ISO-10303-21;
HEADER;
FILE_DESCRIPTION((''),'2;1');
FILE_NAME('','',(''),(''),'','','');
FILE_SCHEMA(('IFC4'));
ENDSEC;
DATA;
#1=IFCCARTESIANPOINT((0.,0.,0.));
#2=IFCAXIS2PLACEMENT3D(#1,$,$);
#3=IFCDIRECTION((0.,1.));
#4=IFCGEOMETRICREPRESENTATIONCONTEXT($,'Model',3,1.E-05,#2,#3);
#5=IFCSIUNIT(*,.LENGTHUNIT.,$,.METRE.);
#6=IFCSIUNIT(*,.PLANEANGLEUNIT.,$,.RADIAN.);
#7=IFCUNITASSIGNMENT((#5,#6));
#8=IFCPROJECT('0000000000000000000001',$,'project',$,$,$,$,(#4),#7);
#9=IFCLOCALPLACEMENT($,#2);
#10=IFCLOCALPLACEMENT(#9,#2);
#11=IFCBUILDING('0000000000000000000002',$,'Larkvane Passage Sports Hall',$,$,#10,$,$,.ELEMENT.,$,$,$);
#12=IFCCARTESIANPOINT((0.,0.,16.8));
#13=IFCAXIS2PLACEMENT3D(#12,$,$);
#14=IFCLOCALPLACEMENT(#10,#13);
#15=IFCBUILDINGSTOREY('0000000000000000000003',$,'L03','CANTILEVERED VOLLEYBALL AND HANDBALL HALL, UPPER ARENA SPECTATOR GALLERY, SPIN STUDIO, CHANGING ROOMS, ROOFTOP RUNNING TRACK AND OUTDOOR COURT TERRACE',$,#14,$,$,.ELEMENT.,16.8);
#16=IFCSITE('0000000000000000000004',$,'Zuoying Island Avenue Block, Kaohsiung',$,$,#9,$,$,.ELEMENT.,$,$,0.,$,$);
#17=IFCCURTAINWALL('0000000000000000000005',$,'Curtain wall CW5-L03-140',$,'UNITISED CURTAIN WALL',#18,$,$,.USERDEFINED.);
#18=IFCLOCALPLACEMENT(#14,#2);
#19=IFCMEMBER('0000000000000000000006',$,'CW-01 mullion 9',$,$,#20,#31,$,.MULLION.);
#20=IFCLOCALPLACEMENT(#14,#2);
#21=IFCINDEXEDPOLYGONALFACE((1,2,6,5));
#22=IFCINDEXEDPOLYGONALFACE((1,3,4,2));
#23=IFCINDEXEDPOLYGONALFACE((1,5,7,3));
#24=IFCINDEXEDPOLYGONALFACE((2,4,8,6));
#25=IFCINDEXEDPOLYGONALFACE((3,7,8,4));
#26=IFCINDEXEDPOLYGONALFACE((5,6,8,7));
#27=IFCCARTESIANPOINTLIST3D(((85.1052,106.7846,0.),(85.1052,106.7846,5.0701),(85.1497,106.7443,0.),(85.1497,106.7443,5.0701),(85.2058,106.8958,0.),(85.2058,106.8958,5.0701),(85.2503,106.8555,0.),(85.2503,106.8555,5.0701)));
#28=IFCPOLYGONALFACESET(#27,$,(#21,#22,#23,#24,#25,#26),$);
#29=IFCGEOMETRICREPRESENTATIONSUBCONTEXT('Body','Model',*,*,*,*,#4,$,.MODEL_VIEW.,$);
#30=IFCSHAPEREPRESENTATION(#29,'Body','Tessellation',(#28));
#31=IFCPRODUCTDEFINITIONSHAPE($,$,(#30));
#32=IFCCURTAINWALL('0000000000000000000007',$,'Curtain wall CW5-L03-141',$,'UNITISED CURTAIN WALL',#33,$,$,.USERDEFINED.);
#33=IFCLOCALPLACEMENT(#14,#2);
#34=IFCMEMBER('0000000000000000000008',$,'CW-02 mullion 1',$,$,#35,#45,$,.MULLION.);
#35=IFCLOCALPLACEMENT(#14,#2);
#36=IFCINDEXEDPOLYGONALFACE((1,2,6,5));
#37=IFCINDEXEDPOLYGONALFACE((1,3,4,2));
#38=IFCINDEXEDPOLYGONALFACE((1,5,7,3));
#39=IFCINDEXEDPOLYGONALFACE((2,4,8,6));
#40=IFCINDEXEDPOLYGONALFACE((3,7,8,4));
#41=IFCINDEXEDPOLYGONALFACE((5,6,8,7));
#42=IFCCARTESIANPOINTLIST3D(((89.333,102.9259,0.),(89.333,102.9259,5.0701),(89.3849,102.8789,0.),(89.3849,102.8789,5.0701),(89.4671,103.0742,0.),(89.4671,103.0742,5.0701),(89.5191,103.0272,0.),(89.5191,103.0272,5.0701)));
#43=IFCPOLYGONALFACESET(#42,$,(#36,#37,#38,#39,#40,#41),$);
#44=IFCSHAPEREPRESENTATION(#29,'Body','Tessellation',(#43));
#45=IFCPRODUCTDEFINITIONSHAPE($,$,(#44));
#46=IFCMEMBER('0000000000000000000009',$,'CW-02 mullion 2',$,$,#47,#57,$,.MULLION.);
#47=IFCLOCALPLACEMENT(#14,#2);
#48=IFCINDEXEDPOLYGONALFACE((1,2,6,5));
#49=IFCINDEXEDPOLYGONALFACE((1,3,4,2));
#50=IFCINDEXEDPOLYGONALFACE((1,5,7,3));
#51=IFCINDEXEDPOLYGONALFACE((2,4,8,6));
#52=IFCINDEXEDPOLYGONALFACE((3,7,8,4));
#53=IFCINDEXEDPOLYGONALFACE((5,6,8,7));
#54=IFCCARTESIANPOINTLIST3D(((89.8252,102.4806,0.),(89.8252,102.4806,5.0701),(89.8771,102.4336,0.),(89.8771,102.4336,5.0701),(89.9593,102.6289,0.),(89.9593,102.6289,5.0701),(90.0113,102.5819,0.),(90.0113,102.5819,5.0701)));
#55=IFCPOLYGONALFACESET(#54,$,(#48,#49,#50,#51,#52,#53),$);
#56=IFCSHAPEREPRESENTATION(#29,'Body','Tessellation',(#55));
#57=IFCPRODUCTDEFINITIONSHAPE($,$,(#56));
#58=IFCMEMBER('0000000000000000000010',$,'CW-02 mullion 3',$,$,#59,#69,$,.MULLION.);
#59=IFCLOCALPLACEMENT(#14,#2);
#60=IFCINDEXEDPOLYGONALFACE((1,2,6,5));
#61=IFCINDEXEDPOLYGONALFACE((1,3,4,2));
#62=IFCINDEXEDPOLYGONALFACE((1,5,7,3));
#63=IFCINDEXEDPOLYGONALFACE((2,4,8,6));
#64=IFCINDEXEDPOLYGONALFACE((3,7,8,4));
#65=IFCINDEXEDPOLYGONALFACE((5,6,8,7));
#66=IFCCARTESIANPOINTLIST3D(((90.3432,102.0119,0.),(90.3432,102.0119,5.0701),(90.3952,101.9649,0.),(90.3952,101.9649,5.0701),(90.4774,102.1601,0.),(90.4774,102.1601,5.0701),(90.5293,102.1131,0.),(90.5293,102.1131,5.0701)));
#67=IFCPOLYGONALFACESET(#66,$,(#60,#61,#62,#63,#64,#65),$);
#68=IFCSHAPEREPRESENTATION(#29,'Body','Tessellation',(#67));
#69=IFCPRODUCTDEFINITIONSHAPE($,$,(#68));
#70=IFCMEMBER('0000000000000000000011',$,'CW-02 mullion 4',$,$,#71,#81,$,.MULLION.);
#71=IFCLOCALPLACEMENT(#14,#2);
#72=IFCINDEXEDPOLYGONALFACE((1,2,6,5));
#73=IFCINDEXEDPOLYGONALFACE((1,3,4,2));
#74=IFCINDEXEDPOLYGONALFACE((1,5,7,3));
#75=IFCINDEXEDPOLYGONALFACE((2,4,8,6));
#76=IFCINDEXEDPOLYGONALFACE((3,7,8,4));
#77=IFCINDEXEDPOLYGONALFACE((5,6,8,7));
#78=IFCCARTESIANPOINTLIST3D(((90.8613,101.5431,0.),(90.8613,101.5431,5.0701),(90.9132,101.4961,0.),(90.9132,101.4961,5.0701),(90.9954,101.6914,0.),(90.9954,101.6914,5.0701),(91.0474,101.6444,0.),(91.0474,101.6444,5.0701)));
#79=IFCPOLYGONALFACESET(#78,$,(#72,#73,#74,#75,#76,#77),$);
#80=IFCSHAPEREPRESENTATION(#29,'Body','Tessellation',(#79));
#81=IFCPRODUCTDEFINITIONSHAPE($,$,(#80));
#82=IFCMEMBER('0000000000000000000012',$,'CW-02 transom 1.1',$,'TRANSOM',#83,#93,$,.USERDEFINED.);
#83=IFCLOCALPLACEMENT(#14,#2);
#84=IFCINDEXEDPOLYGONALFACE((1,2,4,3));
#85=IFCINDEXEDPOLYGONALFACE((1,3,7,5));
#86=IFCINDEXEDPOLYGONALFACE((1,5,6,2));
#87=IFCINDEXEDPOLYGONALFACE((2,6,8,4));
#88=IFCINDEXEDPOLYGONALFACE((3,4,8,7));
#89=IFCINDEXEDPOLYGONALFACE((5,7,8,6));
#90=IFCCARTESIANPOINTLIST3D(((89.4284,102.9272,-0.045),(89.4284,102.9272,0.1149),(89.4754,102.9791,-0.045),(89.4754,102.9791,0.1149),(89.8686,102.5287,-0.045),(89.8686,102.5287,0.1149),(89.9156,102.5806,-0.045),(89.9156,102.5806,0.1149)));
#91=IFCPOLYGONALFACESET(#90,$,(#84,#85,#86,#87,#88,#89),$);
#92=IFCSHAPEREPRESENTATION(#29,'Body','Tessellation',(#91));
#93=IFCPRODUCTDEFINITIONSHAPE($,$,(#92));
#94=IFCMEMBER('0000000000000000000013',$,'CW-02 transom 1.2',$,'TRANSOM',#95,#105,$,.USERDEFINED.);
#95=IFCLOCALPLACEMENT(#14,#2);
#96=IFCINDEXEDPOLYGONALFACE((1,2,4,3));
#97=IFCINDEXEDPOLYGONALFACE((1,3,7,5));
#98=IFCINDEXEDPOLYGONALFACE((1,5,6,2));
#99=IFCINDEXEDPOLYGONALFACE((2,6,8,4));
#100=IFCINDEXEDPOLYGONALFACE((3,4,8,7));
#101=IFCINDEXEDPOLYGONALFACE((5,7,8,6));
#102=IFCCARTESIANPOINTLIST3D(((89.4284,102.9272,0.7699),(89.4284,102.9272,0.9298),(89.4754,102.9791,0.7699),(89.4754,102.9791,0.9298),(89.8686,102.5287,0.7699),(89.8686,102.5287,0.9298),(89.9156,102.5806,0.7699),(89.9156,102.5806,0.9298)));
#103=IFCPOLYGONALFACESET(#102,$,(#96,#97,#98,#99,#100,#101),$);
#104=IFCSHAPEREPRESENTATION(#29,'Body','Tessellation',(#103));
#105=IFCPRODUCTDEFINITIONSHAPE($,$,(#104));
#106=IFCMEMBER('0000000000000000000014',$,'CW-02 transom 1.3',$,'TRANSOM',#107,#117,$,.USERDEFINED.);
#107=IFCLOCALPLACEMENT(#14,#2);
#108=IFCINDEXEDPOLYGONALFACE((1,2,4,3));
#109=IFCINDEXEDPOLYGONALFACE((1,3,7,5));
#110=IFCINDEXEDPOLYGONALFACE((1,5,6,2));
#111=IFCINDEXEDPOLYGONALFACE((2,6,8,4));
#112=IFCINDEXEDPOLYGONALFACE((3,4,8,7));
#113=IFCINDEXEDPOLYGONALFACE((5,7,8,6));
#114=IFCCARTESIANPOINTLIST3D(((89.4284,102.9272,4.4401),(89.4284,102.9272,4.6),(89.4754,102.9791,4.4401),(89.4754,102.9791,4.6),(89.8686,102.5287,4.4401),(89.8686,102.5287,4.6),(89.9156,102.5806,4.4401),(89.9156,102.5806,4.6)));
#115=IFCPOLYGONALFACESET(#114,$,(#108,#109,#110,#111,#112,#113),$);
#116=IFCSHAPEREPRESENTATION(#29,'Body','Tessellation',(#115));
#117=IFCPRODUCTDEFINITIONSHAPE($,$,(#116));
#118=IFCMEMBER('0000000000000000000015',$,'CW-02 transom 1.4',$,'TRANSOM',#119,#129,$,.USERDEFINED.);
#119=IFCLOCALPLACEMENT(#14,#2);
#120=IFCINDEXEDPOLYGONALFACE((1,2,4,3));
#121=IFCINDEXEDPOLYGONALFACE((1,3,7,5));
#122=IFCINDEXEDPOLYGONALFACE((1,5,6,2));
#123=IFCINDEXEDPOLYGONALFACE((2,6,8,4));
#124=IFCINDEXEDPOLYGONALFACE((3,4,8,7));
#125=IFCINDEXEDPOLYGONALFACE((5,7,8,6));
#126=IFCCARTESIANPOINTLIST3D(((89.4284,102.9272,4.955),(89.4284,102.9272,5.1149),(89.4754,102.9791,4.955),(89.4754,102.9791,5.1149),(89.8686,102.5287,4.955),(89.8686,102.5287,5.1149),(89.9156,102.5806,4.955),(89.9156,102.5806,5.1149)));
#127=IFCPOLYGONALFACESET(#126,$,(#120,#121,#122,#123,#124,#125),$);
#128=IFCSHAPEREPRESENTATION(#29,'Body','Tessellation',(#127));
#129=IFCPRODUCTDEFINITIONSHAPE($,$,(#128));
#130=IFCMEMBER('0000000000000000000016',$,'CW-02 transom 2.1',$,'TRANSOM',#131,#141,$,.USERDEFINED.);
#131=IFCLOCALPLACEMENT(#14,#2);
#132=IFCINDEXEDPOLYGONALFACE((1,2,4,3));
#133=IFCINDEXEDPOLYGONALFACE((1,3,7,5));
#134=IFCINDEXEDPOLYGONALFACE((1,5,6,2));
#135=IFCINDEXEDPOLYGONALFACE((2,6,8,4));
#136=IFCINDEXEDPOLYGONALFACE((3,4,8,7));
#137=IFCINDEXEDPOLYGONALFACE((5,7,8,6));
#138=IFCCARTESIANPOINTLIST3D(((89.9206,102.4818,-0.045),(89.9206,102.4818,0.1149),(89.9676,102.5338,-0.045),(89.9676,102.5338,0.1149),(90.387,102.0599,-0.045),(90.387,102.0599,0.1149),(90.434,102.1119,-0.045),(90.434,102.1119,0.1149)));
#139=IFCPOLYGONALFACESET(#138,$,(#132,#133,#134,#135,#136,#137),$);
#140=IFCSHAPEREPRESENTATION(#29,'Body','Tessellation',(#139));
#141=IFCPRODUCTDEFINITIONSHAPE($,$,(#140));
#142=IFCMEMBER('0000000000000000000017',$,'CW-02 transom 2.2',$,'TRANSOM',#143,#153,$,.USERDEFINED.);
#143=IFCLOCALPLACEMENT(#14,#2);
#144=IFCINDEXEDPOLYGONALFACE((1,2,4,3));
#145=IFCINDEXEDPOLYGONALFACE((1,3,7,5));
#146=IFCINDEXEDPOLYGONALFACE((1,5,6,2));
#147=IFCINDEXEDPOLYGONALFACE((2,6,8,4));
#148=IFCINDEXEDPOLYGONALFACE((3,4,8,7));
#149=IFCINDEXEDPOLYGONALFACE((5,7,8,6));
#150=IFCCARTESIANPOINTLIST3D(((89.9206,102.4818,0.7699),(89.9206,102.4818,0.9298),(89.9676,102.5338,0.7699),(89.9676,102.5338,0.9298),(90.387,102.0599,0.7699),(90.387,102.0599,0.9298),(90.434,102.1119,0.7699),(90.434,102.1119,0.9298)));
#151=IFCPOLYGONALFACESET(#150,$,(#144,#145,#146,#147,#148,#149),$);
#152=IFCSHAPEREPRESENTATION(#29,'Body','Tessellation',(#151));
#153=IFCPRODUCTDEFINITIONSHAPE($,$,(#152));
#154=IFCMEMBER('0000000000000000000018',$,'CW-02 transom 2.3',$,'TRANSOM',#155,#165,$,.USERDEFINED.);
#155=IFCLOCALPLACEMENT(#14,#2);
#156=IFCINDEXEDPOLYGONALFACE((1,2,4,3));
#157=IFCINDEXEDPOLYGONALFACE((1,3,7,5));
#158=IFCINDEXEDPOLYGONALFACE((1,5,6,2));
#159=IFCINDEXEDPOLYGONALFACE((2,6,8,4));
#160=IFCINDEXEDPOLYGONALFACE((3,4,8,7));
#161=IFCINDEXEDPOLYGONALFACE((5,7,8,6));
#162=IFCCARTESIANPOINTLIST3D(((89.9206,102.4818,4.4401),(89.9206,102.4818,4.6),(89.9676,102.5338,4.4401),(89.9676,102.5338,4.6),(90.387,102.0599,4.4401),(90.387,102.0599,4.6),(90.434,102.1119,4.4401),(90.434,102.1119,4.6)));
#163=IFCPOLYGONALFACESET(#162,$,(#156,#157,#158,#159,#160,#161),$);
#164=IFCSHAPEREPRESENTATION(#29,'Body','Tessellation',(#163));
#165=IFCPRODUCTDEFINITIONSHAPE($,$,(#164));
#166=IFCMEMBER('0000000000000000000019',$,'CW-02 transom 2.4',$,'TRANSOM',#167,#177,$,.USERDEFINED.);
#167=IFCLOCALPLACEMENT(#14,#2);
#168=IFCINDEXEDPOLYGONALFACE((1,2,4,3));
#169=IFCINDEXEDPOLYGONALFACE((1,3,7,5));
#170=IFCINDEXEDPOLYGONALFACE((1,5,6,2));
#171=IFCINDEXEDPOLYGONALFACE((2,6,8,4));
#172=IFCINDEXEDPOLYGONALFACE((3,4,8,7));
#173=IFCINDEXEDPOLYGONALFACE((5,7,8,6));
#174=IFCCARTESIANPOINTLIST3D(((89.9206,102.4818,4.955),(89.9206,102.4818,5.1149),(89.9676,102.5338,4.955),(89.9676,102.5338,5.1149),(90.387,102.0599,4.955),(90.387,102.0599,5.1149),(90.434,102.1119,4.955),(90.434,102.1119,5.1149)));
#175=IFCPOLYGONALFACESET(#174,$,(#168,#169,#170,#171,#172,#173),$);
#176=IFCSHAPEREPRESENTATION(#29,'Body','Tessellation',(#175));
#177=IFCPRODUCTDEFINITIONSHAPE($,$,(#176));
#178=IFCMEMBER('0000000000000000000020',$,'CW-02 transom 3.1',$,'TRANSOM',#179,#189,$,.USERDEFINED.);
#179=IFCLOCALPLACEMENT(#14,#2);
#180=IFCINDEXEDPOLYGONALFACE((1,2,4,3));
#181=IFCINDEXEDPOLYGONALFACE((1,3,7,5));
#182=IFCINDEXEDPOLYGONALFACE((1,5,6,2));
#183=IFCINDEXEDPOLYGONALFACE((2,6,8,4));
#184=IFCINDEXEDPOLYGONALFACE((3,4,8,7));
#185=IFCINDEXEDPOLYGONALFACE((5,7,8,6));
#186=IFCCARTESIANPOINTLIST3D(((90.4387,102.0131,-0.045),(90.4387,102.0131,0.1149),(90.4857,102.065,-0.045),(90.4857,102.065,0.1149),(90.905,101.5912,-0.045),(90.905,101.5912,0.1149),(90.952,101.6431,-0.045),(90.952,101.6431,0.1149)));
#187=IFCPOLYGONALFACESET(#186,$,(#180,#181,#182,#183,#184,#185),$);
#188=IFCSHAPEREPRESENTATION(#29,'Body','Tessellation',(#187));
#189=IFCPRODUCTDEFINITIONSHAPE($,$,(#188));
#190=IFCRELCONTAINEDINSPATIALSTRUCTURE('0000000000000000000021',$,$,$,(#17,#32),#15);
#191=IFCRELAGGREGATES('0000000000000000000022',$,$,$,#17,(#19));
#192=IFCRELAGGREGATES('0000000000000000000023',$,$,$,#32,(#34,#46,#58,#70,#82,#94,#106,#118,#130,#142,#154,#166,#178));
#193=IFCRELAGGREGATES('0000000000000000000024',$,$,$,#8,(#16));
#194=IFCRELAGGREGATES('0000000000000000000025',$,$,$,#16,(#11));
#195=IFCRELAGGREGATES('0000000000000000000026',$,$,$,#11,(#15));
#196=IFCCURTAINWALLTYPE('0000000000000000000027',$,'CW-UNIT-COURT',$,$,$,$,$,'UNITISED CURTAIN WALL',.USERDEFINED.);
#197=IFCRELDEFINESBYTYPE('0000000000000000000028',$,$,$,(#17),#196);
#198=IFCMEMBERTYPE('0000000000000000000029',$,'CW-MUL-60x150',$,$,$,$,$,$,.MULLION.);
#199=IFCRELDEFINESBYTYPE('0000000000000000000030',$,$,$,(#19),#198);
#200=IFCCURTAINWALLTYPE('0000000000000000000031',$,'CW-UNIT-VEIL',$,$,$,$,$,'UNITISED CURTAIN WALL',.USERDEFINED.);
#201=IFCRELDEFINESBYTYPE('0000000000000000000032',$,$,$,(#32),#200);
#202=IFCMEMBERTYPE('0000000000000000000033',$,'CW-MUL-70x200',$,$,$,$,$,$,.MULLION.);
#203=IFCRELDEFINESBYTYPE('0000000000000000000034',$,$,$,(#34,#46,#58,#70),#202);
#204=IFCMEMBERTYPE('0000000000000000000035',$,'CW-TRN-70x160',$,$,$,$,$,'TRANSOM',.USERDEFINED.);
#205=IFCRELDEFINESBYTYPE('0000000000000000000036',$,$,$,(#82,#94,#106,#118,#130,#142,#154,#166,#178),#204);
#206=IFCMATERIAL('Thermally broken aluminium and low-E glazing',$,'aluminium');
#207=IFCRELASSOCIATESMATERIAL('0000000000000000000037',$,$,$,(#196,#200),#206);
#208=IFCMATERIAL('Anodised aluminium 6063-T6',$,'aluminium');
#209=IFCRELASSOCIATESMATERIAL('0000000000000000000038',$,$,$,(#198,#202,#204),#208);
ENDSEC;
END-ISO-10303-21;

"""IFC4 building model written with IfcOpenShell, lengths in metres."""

from ifc_helpers import new_model, si_unit, direction, frame, origin, origin_2d, place, context, subcontext, project, spatial, rectangle, extrude, material, material_profile, profile_set, type_object, element, aggregate, save


model = new_model("IFC4")

# Units and contexts
model_context = context("Model", 3, precision=1e-05, world=origin(), true_north=direction((0.0, 1.0)))
body_context = subcontext(model_context, "Body", "Model", "MODEL_VIEW")
ifc_project = project(units=[si_unit("LENGTHUNIT", "METRE"), si_unit("PLANEANGLEUNIT", "RADIAN")], contexts=[model_context])

# Site, building, storey
site_placement = place(None, origin())
site = spatial("IfcSite", under=ifc_project, at=site_placement, Name="Zuoying Island Avenue Block, Kaohsiung", CompositionType="ELEMENT", RefElevation=0.0)
building_placement = place(site_placement, origin())
building = spatial("IfcBuilding", under=site, at=building_placement, Name="Larkvane Passage Sports Hall", CompositionType="ELEMENT")
storey_placement = place(building_placement, frame((0.0, 0.0, 16.8)))
storey = spatial("IfcBuildingStorey", under=building, at=storey_placement, Name="L03", Description="CANTILEVERED VOLLEYBALL AND HANDBALL HALL, UPPER ARENA SPECTATOR GALLERY, SPIN STUDIO, CHANGING ROOMS, ROOFTOP RUNNING TRACK AND OUTDOOR COURT TERRACE", CompositionType="ELEMENT", Elevation=16.8)

# Curtain wall, member
ifc_material_1 = material(Name="Thermally broken aluminium and low-E glazing", Category="aluminium")
curtain_wall_type_1 = type_object("IfcCurtainWallType", Name="CW-UNIT-COURT", ElementType="UNITISED CURTAIN WALL", PredefinedType="USERDEFINED", material=ifc_material_1)
curtain_wall_1_placement = place(storey_placement, origin())
curtain_wall_1 = element("IfcCurtainWall", 1, at=curtain_wall_1_placement, inside=storey, type_object=curtain_wall_type_1, Name="Curtain wall CW5-L03-140", ObjectType="UNITISED CURTAIN WALL", PredefinedType="USERDEFINED")
ifc_material_2 = material(Name="Anodised aluminium 6063-T6", Category="aluminium")
ifc_material_profile_1 = material_profile(ifc_material_2, rectangle(XDim=0.0601, YDim=0.1499, at=origin_2d()), Name="ALU-MUL-60x150")
ifc_profile_set_1 = profile_set([ifc_material_profile_1], Name="Anodised aluminium 6063-T6")
member_type_1 = type_object("IfcMemberType", Name="CW-MUL-60x150", PredefinedType="MULLION", material=ifc_profile_set_1)
member_1_placement = place(storey_placement, frame((85.1777, 106.8201, 0.0), z_axis=(0.0, 0.0, 1.0), x_axis=(0.741536, -0.670913, 0.0)))
member_1 = element("IfcMember", 2, at=member_1_placement, type_object=member_type_1, Name="CW-01 mullion 9", PredefinedType="MULLION", context=body_context, shape_type="SweptSolid", body=[
    extrude(rectangle(XDim=0.0601, YDim=0.1499, at=origin_2d()), origin(), (0.0, 0.0, 1.0), 5.0701),
])

# Curtain wall, members
curtain_wall_type_2 = type_object("IfcCurtainWallType", Name="CW-UNIT-VEIL", ElementType="UNITISED CURTAIN WALL", PredefinedType="USERDEFINED", material=ifc_material_1)
curtain_wall_2_placement = place(storey_placement, origin())
curtain_wall_2 = element("IfcCurtainWall", 3, at=curtain_wall_2_placement, inside=storey, type_object=curtain_wall_type_2, Name="Curtain wall CW5-L03-141", ObjectType="UNITISED CURTAIN WALL", PredefinedType="USERDEFINED")
ifc_material_profile_2 = material_profile(ifc_material_2, rectangle(XDim=0.0701, YDim=0.2, at=origin_2d()), Name="ALU-MUL-70x200")
ifc_profile_set_2 = profile_set([ifc_material_profile_2], Name="Anodised aluminium 6063-T6")
member_type_2 = type_object("IfcMemberType", Name="CW-MUL-70x200", PredefinedType="MULLION", material=ifc_profile_set_2)
member_2_placement = place(storey_placement, frame((89.426, 102.9766, 0.0), z_axis=(0.0, 0.0, 1.0), x_axis=(0.741534, -0.670915, 0.0)))
member_2 = element("IfcMember", 4, at=member_2_placement, type_object=member_type_2, Name="CW-02 mullion 1", PredefinedType="MULLION", context=body_context, shape_type="SweptSolid", body=[
    extrude(rectangle(XDim=0.0701, YDim=0.2, at=origin_2d()), origin(), (0.0, 0.0, 1.0), 5.0701),
])
member_3_placement = place(storey_placement, frame((89.9182, 102.5312, 0.0), z_axis=(0.0, 0.0, 1.0), x_axis=(0.741534, -0.670915, 0.0)))
member_3 = element("IfcMember", 5, at=member_3_placement, type_object=member_type_2, Name="CW-02 mullion 2", PredefinedType="MULLION", context=body_context, shape_type="SweptSolid", body=[
    extrude(rectangle(XDim=0.0701, YDim=0.2, at=origin_2d()), origin(), (0.0, 0.0, 1.0), 5.0701),
])
member_4_placement = place(storey_placement, frame((90.4363, 102.0625, 0.0), z_axis=(0.0, 0.0, 1.0), x_axis=(0.741534, -0.670915, 0.0)))
member_4 = element("IfcMember", 6, at=member_4_placement, type_object=member_type_2, Name="CW-02 mullion 3", PredefinedType="MULLION", context=body_context, shape_type="SweptSolid", body=[
    extrude(rectangle(XDim=0.0701, YDim=0.2, at=origin_2d()), origin(), (0.0, 0.0, 1.0), 5.0701),
])
member_5_placement = place(storey_placement, frame((90.9543, 101.5938, 0.0), z_axis=(0.0, 0.0, 1.0), x_axis=(0.741534, -0.670915, 0.0)))
member_5 = element("IfcMember", 7, at=member_5_placement, type_object=member_type_2, Name="CW-02 mullion 4", PredefinedType="MULLION", context=body_context, shape_type="SweptSolid", body=[
    extrude(rectangle(XDim=0.0701, YDim=0.2, at=origin_2d()), origin(), (0.0, 0.0, 1.0), 5.0701),
])
ifc_material_profile_3 = material_profile(ifc_material_2, rectangle(XDim=0.0701, YDim=0.1599, at=origin_2d()), Name="ALU-TRN-70x160")
ifc_profile_set_3 = profile_set([ifc_material_profile_3], Name="Anodised aluminium 6063-T6")
member_type_3 = type_object("IfcMemberType", Name="CW-TRN-70x160", ElementType="TRANSOM", PredefinedType="USERDEFINED", material=ifc_profile_set_3)
member_6_placement = place(storey_placement, frame((89.4519, 102.9531, 0.0349), z_axis=(0.74139, -0.671075, 0.0), x_axis=(0.671075, 0.74139, 0.0)))
member_6 = element("IfcMember", 8, at=member_6_placement, type_object=member_type_3, Name="CW-02 transom 1.1", ObjectType="TRANSOM", PredefinedType="USERDEFINED", context=body_context, shape_type="SweptSolid", body=[
    extrude(rectangle(XDim=0.0701, YDim=0.1599, at=origin_2d()), origin(), (0.0, 0.0, 1.0), 0.5938),
])
member_7_placement = place(storey_placement, frame((89.4519, 102.9531, 0.8499), z_axis=(0.74139, -0.671075, 0.0), x_axis=(0.671075, 0.74139, 0.0)))
member_7 = element("IfcMember", 9, at=member_7_placement, type_object=member_type_3, Name="CW-02 transom 1.2", ObjectType="TRANSOM", PredefinedType="USERDEFINED", context=body_context, shape_type="SweptSolid", body=[
    extrude(rectangle(XDim=0.0701, YDim=0.1599, at=origin_2d()), origin(), (0.0, 0.0, 1.0), 0.5938),
])
member_8_placement = place(storey_placement, frame((89.4519, 102.9531, 4.52), z_axis=(0.74139, -0.671075, 0.0), x_axis=(0.671075, 0.74139, 0.0)))
member_8 = element("IfcMember", 10, at=member_8_placement, type_object=member_type_3, Name="CW-02 transom 1.3", ObjectType="TRANSOM", PredefinedType="USERDEFINED", context=body_context, shape_type="SweptSolid", body=[
    extrude(rectangle(XDim=0.0701, YDim=0.1599, at=origin_2d()), origin(), (0.0, 0.0, 1.0), 0.5938),
])
member_9_placement = place(storey_placement, frame((89.4519, 102.9531, 5.0349), z_axis=(0.74139, -0.671075, 0.0), x_axis=(0.671075, 0.74139, 0.0)))
member_9 = element("IfcMember", 11, at=member_9_placement, type_object=member_type_3, Name="CW-02 transom 1.4", ObjectType="TRANSOM", PredefinedType="USERDEFINED", context=body_context, shape_type="SweptSolid", body=[
    extrude(rectangle(XDim=0.0701, YDim=0.1599, at=origin_2d()), origin(), (0.0, 0.0, 1.0), 0.5938),
])
member_10_placement = place(storey_placement, frame((89.9441, 102.5078, 0.0349), z_axis=(0.741554, -0.670893, 0.0), x_axis=(0.670893, 0.741554, 0.0)))
member_10 = element("IfcMember", 12, at=member_10_placement, type_object=member_type_3, Name="CW-02 transom 2.1", ObjectType="TRANSOM", PredefinedType="USERDEFINED", context=body_context, shape_type="SweptSolid", body=[
    extrude(rectangle(XDim=0.0701, YDim=0.1599, at=origin_2d()), origin(), (0.0, 0.0, 1.0), 0.6289),
])
member_11_placement = place(storey_placement, frame((89.9441, 102.5078, 0.8499), z_axis=(0.741554, -0.670893, 0.0), x_axis=(0.670893, 0.741554, 0.0)))
member_11 = element("IfcMember", 13, at=member_11_placement, type_object=member_type_3, Name="CW-02 transom 2.2", ObjectType="TRANSOM", PredefinedType="USERDEFINED", context=body_context, shape_type="SweptSolid", body=[
    extrude(rectangle(XDim=0.0701, YDim=0.1599, at=origin_2d()), origin(), (0.0, 0.0, 1.0), 0.6289),
])
member_12_placement = place(storey_placement, frame((89.9441, 102.5078, 4.52), z_axis=(0.741554, -0.670893, 0.0), x_axis=(0.670893, 0.741554, 0.0)))
member_12 = element("IfcMember", 14, at=member_12_placement, type_object=member_type_3, Name="CW-02 transom 2.3", ObjectType="TRANSOM", PredefinedType="USERDEFINED", context=body_context, shape_type="SweptSolid", body=[
    extrude(rectangle(XDim=0.0701, YDim=0.1599, at=origin_2d()), origin(), (0.0, 0.0, 1.0), 0.6289),
])
member_13_placement = place(storey_placement, frame((89.9441, 102.5078, 5.0349), z_axis=(0.741554, -0.670893, 0.0), x_axis=(0.670893, 0.741554, 0.0)))
member_13 = element("IfcMember", 15, at=member_13_placement, type_object=member_type_3, Name="CW-02 transom 2.4", ObjectType="TRANSOM", PredefinedType="USERDEFINED", context=body_context, shape_type="SweptSolid", body=[
    extrude(rectangle(XDim=0.0701, YDim=0.1599, at=origin_2d()), origin(), (0.0, 0.0, 1.0), 0.6289),
])
member_14_placement = place(storey_placement, frame((90.4622, 102.0391, 0.0349), z_axis=(0.741554, -0.670893, 0.0), x_axis=(0.670893, 0.741554, 0.0)))
member_14 = element("IfcMember", 16, at=member_14_placement, type_object=member_type_3, Name="CW-02 transom 3.1", ObjectType="TRANSOM", PredefinedType="USERDEFINED", context=body_context, shape_type="SweptSolid", body=[
    extrude(rectangle(XDim=0.0701, YDim=0.1599, at=origin_2d()), origin(), (0.0, 0.0, 1.0), 0.6289),
])

aggregate(curtain_wall_1, [member_1])
aggregate(curtain_wall_2, [member_2, member_3, member_4, member_5, member_6, member_7, member_8, member_9, member_10, member_11, member_12, member_13, member_14])

save(model, "model.ifc")
